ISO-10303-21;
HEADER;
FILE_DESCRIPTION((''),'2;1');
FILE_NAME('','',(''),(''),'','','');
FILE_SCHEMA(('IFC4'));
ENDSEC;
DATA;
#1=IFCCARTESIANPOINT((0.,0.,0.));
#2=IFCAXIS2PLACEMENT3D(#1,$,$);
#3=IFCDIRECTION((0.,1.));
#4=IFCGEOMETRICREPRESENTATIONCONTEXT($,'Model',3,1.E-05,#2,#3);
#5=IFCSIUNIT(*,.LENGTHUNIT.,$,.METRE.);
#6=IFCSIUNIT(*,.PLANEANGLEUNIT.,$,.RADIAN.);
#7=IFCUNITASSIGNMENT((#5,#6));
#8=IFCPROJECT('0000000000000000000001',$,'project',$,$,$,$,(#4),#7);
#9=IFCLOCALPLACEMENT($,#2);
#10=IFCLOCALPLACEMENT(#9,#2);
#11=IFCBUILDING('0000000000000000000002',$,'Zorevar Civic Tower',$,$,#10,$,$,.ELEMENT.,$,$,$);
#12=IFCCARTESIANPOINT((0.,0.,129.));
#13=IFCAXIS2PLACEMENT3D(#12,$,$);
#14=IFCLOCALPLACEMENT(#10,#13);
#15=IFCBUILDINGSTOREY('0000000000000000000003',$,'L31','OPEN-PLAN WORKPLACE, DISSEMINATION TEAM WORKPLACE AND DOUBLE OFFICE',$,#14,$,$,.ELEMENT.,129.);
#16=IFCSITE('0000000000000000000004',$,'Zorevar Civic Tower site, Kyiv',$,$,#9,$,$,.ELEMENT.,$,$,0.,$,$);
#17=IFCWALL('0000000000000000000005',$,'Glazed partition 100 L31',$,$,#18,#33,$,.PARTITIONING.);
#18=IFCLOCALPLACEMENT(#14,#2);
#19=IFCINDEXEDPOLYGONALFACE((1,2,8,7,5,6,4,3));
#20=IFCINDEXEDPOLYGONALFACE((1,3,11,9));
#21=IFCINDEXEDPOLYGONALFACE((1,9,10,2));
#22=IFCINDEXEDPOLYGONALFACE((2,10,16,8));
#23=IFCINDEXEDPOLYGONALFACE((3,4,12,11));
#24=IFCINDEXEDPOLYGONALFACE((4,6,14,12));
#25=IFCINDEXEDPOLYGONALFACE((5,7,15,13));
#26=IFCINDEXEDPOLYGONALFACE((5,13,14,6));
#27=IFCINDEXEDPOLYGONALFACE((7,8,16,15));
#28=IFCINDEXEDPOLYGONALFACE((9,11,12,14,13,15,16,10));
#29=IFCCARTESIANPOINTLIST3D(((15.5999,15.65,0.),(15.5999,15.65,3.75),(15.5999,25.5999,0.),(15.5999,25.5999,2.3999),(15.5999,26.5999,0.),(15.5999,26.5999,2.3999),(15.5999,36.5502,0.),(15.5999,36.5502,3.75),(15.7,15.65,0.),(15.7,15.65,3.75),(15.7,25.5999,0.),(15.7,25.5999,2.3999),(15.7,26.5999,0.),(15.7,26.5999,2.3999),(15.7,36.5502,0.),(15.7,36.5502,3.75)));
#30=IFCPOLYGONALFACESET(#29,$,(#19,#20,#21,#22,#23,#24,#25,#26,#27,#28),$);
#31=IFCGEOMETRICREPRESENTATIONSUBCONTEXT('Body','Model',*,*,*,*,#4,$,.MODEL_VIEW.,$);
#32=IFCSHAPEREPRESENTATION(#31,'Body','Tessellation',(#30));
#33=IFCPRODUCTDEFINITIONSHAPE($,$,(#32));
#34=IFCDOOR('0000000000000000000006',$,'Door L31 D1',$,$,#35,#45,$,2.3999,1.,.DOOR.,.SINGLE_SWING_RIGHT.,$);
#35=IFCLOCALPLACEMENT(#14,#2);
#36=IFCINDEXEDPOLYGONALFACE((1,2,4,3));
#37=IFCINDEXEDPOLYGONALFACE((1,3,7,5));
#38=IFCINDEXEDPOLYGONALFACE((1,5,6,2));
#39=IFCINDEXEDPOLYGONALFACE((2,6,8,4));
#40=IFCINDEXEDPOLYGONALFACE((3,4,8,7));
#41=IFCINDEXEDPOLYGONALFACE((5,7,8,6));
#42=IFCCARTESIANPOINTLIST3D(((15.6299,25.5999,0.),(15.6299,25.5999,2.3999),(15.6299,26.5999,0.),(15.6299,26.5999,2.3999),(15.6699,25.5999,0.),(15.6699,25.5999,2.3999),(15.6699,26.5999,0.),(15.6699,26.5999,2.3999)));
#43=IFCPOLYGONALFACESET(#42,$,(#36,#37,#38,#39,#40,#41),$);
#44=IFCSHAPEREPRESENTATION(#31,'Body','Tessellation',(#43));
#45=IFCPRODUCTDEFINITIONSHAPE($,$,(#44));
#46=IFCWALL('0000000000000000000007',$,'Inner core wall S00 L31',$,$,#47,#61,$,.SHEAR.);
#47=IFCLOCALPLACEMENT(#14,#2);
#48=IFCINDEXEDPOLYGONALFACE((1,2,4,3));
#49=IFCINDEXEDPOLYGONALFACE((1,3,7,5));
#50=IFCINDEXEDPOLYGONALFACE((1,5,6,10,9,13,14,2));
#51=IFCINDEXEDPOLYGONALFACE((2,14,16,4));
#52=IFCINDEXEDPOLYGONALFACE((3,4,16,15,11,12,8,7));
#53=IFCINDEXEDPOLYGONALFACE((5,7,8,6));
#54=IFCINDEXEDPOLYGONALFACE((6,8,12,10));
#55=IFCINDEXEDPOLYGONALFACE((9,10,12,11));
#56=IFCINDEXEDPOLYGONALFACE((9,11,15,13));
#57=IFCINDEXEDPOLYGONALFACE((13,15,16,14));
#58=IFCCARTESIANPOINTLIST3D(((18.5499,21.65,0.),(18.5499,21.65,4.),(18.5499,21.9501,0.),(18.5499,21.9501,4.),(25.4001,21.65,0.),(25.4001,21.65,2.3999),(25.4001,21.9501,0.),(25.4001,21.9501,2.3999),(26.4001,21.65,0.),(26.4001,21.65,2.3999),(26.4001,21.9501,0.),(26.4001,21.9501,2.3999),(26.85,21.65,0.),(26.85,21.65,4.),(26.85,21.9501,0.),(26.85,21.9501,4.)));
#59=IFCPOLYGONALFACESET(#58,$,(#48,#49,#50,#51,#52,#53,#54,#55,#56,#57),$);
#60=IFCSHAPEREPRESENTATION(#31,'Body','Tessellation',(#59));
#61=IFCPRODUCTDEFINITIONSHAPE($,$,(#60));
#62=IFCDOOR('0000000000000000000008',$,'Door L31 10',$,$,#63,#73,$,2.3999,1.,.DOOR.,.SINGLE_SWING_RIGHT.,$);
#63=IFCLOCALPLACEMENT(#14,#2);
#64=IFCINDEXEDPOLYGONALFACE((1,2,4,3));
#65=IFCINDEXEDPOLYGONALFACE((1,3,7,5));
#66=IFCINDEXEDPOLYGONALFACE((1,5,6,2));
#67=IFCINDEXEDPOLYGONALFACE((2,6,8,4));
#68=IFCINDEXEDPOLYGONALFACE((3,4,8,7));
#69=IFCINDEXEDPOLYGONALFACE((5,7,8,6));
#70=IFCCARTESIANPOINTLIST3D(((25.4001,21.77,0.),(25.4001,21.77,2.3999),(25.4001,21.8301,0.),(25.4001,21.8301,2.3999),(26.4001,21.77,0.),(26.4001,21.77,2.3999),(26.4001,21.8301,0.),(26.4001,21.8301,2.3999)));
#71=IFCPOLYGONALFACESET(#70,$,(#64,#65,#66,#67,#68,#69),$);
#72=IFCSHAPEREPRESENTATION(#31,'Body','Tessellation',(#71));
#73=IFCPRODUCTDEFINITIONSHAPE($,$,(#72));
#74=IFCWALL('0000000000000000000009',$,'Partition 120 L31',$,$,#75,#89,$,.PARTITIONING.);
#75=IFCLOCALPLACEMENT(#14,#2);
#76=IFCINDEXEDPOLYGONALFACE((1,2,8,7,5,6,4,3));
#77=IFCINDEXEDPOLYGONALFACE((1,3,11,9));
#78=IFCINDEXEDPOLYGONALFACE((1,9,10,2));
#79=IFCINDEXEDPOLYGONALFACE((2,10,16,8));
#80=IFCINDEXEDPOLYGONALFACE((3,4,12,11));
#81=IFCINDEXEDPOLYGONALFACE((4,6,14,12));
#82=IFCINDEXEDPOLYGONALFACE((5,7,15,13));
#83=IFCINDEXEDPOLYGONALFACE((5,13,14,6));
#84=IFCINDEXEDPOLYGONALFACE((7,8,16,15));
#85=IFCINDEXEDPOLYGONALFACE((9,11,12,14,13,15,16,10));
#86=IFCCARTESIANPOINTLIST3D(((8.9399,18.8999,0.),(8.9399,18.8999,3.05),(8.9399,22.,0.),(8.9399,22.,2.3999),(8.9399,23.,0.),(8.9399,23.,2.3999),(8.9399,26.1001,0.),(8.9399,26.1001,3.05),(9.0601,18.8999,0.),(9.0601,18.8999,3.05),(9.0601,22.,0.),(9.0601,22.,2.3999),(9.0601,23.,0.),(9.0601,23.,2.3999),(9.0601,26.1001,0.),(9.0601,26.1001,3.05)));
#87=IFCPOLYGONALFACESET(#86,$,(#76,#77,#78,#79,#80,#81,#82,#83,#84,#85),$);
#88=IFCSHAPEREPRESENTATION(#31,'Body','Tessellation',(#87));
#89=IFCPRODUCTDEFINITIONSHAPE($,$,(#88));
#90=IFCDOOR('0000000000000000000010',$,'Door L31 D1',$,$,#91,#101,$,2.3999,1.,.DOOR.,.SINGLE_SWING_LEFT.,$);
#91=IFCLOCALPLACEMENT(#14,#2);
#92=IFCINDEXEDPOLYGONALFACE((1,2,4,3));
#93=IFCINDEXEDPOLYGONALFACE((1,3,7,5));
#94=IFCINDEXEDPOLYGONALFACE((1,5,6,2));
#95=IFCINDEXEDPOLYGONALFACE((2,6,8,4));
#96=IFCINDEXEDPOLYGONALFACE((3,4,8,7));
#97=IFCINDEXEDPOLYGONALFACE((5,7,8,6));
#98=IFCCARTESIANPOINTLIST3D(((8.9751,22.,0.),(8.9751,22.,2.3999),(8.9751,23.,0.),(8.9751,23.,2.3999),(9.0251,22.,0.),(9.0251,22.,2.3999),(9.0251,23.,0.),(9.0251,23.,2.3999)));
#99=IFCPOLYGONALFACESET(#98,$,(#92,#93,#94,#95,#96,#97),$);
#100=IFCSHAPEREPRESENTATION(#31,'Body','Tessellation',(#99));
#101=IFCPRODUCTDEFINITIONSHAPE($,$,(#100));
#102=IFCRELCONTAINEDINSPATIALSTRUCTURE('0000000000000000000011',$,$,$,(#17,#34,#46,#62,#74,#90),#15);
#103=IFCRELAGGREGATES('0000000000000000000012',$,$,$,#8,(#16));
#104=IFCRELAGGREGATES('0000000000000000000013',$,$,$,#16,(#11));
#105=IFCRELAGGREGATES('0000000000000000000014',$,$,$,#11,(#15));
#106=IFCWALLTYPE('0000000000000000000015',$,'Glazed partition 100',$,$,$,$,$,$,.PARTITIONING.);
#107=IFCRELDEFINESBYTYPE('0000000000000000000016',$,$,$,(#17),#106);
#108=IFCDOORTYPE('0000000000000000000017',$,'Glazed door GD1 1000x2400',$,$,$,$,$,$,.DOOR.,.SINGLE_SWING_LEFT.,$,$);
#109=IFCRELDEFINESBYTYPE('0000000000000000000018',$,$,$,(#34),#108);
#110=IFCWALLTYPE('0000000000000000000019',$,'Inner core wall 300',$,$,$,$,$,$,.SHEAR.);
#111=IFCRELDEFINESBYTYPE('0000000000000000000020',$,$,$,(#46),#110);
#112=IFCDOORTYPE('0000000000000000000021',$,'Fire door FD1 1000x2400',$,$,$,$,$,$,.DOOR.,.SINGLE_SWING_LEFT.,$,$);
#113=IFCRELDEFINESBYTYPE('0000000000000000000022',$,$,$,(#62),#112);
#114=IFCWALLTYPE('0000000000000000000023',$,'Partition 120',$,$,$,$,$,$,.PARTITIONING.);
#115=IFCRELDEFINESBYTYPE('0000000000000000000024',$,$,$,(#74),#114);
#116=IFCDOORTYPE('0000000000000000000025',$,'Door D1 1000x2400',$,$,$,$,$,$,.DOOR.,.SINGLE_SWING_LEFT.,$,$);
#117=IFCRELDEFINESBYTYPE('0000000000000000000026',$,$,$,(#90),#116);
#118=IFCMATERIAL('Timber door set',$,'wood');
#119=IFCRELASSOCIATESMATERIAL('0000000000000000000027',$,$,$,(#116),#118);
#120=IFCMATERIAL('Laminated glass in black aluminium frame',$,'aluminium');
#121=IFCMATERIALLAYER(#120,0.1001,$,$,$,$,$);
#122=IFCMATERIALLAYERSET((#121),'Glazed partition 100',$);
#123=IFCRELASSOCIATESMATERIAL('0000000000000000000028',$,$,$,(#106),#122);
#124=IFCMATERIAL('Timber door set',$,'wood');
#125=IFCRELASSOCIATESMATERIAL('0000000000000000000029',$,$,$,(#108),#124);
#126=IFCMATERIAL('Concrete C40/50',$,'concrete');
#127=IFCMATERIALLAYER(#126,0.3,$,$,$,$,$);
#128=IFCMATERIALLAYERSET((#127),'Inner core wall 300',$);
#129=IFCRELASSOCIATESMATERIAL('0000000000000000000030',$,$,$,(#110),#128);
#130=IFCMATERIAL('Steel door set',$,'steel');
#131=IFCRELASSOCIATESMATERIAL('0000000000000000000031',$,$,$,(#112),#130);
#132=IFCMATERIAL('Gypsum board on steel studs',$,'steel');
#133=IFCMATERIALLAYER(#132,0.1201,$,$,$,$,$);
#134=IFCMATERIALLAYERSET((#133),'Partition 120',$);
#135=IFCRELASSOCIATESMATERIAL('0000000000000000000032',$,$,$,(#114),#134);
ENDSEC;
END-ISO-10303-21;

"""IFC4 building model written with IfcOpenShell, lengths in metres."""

from ifc_helpers import new_model, si_unit, direction, frame, frame_2d, origin, place, context, subcontext, project, spatial, rectangle, extrude, material, layer, layer_set, type_object, element, fill, save


model = new_model("IFC4")

# Units and contexts
model_context = context("Model", 3, precision=1e-05, world=origin(), true_north=direction((0.0, 1.0)))
body_context = subcontext(model_context, "Body", "Model", "MODEL_VIEW")
ifc_project = project(units=[si_unit("LENGTHUNIT", "METRE"), si_unit("PLANEANGLEUNIT", "RADIAN")], contexts=[model_context])

# Site, building, storey
site_placement = place(None, origin())
site = spatial("IfcSite", under=ifc_project, at=site_placement, Name="Zorevar Civic Tower site, Kyiv", CompositionType="ELEMENT", RefElevation=0.0)
building_placement = place(site_placement, origin())
building = spatial("IfcBuilding", under=site, at=building_placement, Name="Zorevar Civic Tower", CompositionType="ELEMENT")
storey_placement = place(building_placement, frame((0.0, 0.0, 129.0)))
storey = spatial("IfcBuildingStorey", under=building, at=storey_placement, Name="L31", Description="OPEN-PLAN WORKPLACE, DISSEMINATION TEAM WORKPLACE AND DOUBLE OFFICE", CompositionType="ELEMENT", Elevation=129.0)

# Shared definitions
ifc_material_1 = material(Name="Timber door set", Category="wood")
door_type_1 = type_object("IfcDoorType", Name="Door D1 1000x2400", OperationType="SINGLE_SWING_LEFT", PredefinedType="DOOR", material=ifc_material_1)

# Shared definitions
ifc_material_2 = material(Name="Laminated glass in black aluminium frame", Category="aluminium")
ifc_layer_1 = layer(ifc_material_2, 0.1001)
ifc_layer_set_1 = layer_set([ifc_layer_1], Name="Glazed partition 100")
wall_type_1 = type_object("IfcWallType", Name="Glazed partition 100", PredefinedType="PARTITIONING", material=ifc_layer_set_1)

# Walls, openings, doors
wall_1_placement = place(storey_placement, frame((15.6499, 15.6499, 0.0), z_axis=(0.0, 0.0, 1.0), x_axis=(0.0, 1.0, 0.0)))
wall_1 = element("IfcWall", 1, at=wall_1_placement, inside=storey, type_object=wall_type_1, Name="Glazed partition 100 L31", PredefinedType="PARTITIONING", context=body_context, shape_type="SweptSolid", body=[
    extrude(rectangle(XDim=20.9001, YDim=0.1001, at=frame_2d((10.4502, 0.0))), origin(), (0.0, 0.0, 1.0), 3.75),
])
opening_1_placement = place(wall_1_placement, frame((9.95, 0.0, 0.0)))
opening_1 = element("IfcOpeningElement", 2, at=opening_1_placement, cuts=wall_1, PredefinedType="OPENING", context=body_context, shape_type="SweptSolid", body=[
    extrude(rectangle(XDim=1.0, YDim=2.3999, at=frame_2d((0.5, 1.2))), frame((0.0, 0.0601, 0.0), z_axis=(0.0, -1.0, 0.0), x_axis=(1.0, 0.0, 0.0)), (0.0, 0.0, 1.0), 0.1201),
])
ifc_material_3 = material(Name="Timber door set", Category="wood")
door_type_2 = type_object("IfcDoorType", Name="Glazed door GD1 1000x2400", OperationType="SINGLE_SWING_LEFT", PredefinedType="DOOR", material=ifc_material_3)
door_1_placement = place(opening_1_placement, origin())
door_1 = element("IfcDoor", 3, at=door_1_placement, inside=storey, type_object=door_type_2, Name="Door L31 D1", OperationType="SINGLE_SWING_RIGHT", OverallHeight=2.3999, OverallWidth=1.0, PredefinedType="DOOR", context=body_context, shape_type="SweptSolid", body=[
    extrude(rectangle(XDim=1.0, YDim=2.3999, at=frame_2d((0.5, 1.2))), frame((0.0, 0.02, 0.0), z_axis=(0.0, -1.0, 0.0), x_axis=(1.0, 0.0, 0.0)), (0.0, 0.0, 1.0), 0.04),
])
fill(opening_1, door_1)
ifc_material_4 = material(Name="Concrete C40/50", Category="concrete")
ifc_layer_2 = layer(ifc_material_4, 0.3)
ifc_layer_set_2 = layer_set([ifc_layer_2], Name="Inner core wall 300")
wall_type_2 = type_object("IfcWallType", Name="Inner core wall 300", PredefinedType="SHEAR", material=ifc_layer_set_2)
wall_2_placement = place(storey_placement, frame((18.55, 21.8, 0.0), z_axis=(0.0, 0.0, 1.0), x_axis=(1.0, 0.0, 0.0)))
wall_2 = element("IfcWall", 4, at=wall_2_placement, inside=storey, type_object=wall_type_2, Name="Inner core wall S00 L31", PredefinedType="SHEAR", context=body_context, shape_type="SweptSolid", body=[
    extrude(rectangle(XDim=8.3, YDim=0.3, at=frame_2d((4.1499, 0.0))), origin(), (0.0, 0.0, 1.0), 4.0),
])
opening_2_placement = place(wall_2_placement, frame((6.8501, 0.0, 0.0)))
opening_2 = element("IfcOpeningElement", 5, at=opening_2_placement, cuts=wall_2, PredefinedType="OPENING", context=body_context, shape_type="SweptSolid", body=[
    extrude(rectangle(XDim=1.0, YDim=2.3999, at=frame_2d((0.5, 1.2))), frame((0.0, 0.1599, 0.0), z_axis=(0.0, -1.0, 0.0), x_axis=(1.0, 0.0, 0.0)), (0.0, 0.0, 1.0), 0.3201),
])
ifc_material_5 = material(Name="Steel door set", Category="steel")
door_type_3 = type_object("IfcDoorType", Name="Fire door FD1 1000x2400", OperationType="SINGLE_SWING_LEFT", PredefinedType="DOOR", material=ifc_material_5)
door_2_placement = place(opening_2_placement, origin())
door_2 = element("IfcDoor", 6, at=door_2_placement, inside=storey, type_object=door_type_3, Name="Door L31 10", OperationType="SINGLE_SWING_RIGHT", OverallHeight=2.3999, OverallWidth=1.0, PredefinedType="DOOR", context=body_context, shape_type="SweptSolid", body=[
    extrude(rectangle(XDim=1.0, YDim=2.3999, at=frame_2d((0.5, 1.2))), frame((0.0, 0.03, 0.0), z_axis=(0.0, -1.0, 0.0), x_axis=(1.0, 0.0, 0.0)), (0.0, 0.0, 1.0), 0.0601),
])
fill(opening_2, door_2)
ifc_material_6 = material(Name="Gypsum board on steel studs", Category="steel")
ifc_layer_3 = layer(ifc_material_6, 0.1201)
ifc_layer_set_3 = layer_set([ifc_layer_3], Name="Partition 120")
wall_type_3 = type_object("IfcWallType", Name="Partition 120", PredefinedType="PARTITIONING", material=ifc_layer_set_3)
wall_3_placement = place(storey_placement, frame((9.0, 18.8999, 0.0), z_axis=(0.0, 0.0, 1.0), x_axis=(0.0, 1.0, 0.0)))
wall_3 = element("IfcWall", 7, at=wall_3_placement, inside=storey, type_object=wall_type_3, Name="Partition 120 L31", PredefinedType="PARTITIONING", context=body_context, shape_type="SweptSolid", body=[
    extrude(rectangle(XDim=7.2002, YDim=0.1201, at=frame_2d((3.6001, 0.0))), origin(), (0.0, 0.0, 1.0), 3.05),
])
opening_3_placement = place(wall_3_placement, frame((3.1001, 0.0, 0.0)))
opening_3 = element("IfcOpeningElement", 8, at=opening_3_placement, cuts=wall_3, PredefinedType="OPENING", context=body_context, shape_type="SweptSolid", body=[
    extrude(rectangle(XDim=1.0, YDim=2.3999, at=frame_2d((0.5, 1.2))), frame((0.0, 0.0701, 0.0), z_axis=(0.0, -1.0, 0.0), x_axis=(1.0, 0.0, 0.0)), (0.0, 0.0, 1.0), 0.1401),
])
door_3_placement = place(opening_3_placement, origin())
door_3 = element("IfcDoor", 9, at=door_3_placement, inside=storey, type_object=door_type_1, Name="Door L31 D1", OperationType="SINGLE_SWING_LEFT", OverallHeight=2.3999, OverallWidth=1.0, PredefinedType="DOOR", context=body_context, shape_type="SweptSolid", body=[
    extrude(rectangle(XDim=1.0, YDim=2.3999, at=frame_2d((0.5, 1.2))), frame((0.0, 0.0249, 0.0), z_axis=(0.0, -1.0, 0.0), x_axis=(1.0, 0.0, 0.0)), (0.0, 0.0, 1.0), 0.05),
])
fill(opening_3, door_3)

save(model, "model.ifc")
